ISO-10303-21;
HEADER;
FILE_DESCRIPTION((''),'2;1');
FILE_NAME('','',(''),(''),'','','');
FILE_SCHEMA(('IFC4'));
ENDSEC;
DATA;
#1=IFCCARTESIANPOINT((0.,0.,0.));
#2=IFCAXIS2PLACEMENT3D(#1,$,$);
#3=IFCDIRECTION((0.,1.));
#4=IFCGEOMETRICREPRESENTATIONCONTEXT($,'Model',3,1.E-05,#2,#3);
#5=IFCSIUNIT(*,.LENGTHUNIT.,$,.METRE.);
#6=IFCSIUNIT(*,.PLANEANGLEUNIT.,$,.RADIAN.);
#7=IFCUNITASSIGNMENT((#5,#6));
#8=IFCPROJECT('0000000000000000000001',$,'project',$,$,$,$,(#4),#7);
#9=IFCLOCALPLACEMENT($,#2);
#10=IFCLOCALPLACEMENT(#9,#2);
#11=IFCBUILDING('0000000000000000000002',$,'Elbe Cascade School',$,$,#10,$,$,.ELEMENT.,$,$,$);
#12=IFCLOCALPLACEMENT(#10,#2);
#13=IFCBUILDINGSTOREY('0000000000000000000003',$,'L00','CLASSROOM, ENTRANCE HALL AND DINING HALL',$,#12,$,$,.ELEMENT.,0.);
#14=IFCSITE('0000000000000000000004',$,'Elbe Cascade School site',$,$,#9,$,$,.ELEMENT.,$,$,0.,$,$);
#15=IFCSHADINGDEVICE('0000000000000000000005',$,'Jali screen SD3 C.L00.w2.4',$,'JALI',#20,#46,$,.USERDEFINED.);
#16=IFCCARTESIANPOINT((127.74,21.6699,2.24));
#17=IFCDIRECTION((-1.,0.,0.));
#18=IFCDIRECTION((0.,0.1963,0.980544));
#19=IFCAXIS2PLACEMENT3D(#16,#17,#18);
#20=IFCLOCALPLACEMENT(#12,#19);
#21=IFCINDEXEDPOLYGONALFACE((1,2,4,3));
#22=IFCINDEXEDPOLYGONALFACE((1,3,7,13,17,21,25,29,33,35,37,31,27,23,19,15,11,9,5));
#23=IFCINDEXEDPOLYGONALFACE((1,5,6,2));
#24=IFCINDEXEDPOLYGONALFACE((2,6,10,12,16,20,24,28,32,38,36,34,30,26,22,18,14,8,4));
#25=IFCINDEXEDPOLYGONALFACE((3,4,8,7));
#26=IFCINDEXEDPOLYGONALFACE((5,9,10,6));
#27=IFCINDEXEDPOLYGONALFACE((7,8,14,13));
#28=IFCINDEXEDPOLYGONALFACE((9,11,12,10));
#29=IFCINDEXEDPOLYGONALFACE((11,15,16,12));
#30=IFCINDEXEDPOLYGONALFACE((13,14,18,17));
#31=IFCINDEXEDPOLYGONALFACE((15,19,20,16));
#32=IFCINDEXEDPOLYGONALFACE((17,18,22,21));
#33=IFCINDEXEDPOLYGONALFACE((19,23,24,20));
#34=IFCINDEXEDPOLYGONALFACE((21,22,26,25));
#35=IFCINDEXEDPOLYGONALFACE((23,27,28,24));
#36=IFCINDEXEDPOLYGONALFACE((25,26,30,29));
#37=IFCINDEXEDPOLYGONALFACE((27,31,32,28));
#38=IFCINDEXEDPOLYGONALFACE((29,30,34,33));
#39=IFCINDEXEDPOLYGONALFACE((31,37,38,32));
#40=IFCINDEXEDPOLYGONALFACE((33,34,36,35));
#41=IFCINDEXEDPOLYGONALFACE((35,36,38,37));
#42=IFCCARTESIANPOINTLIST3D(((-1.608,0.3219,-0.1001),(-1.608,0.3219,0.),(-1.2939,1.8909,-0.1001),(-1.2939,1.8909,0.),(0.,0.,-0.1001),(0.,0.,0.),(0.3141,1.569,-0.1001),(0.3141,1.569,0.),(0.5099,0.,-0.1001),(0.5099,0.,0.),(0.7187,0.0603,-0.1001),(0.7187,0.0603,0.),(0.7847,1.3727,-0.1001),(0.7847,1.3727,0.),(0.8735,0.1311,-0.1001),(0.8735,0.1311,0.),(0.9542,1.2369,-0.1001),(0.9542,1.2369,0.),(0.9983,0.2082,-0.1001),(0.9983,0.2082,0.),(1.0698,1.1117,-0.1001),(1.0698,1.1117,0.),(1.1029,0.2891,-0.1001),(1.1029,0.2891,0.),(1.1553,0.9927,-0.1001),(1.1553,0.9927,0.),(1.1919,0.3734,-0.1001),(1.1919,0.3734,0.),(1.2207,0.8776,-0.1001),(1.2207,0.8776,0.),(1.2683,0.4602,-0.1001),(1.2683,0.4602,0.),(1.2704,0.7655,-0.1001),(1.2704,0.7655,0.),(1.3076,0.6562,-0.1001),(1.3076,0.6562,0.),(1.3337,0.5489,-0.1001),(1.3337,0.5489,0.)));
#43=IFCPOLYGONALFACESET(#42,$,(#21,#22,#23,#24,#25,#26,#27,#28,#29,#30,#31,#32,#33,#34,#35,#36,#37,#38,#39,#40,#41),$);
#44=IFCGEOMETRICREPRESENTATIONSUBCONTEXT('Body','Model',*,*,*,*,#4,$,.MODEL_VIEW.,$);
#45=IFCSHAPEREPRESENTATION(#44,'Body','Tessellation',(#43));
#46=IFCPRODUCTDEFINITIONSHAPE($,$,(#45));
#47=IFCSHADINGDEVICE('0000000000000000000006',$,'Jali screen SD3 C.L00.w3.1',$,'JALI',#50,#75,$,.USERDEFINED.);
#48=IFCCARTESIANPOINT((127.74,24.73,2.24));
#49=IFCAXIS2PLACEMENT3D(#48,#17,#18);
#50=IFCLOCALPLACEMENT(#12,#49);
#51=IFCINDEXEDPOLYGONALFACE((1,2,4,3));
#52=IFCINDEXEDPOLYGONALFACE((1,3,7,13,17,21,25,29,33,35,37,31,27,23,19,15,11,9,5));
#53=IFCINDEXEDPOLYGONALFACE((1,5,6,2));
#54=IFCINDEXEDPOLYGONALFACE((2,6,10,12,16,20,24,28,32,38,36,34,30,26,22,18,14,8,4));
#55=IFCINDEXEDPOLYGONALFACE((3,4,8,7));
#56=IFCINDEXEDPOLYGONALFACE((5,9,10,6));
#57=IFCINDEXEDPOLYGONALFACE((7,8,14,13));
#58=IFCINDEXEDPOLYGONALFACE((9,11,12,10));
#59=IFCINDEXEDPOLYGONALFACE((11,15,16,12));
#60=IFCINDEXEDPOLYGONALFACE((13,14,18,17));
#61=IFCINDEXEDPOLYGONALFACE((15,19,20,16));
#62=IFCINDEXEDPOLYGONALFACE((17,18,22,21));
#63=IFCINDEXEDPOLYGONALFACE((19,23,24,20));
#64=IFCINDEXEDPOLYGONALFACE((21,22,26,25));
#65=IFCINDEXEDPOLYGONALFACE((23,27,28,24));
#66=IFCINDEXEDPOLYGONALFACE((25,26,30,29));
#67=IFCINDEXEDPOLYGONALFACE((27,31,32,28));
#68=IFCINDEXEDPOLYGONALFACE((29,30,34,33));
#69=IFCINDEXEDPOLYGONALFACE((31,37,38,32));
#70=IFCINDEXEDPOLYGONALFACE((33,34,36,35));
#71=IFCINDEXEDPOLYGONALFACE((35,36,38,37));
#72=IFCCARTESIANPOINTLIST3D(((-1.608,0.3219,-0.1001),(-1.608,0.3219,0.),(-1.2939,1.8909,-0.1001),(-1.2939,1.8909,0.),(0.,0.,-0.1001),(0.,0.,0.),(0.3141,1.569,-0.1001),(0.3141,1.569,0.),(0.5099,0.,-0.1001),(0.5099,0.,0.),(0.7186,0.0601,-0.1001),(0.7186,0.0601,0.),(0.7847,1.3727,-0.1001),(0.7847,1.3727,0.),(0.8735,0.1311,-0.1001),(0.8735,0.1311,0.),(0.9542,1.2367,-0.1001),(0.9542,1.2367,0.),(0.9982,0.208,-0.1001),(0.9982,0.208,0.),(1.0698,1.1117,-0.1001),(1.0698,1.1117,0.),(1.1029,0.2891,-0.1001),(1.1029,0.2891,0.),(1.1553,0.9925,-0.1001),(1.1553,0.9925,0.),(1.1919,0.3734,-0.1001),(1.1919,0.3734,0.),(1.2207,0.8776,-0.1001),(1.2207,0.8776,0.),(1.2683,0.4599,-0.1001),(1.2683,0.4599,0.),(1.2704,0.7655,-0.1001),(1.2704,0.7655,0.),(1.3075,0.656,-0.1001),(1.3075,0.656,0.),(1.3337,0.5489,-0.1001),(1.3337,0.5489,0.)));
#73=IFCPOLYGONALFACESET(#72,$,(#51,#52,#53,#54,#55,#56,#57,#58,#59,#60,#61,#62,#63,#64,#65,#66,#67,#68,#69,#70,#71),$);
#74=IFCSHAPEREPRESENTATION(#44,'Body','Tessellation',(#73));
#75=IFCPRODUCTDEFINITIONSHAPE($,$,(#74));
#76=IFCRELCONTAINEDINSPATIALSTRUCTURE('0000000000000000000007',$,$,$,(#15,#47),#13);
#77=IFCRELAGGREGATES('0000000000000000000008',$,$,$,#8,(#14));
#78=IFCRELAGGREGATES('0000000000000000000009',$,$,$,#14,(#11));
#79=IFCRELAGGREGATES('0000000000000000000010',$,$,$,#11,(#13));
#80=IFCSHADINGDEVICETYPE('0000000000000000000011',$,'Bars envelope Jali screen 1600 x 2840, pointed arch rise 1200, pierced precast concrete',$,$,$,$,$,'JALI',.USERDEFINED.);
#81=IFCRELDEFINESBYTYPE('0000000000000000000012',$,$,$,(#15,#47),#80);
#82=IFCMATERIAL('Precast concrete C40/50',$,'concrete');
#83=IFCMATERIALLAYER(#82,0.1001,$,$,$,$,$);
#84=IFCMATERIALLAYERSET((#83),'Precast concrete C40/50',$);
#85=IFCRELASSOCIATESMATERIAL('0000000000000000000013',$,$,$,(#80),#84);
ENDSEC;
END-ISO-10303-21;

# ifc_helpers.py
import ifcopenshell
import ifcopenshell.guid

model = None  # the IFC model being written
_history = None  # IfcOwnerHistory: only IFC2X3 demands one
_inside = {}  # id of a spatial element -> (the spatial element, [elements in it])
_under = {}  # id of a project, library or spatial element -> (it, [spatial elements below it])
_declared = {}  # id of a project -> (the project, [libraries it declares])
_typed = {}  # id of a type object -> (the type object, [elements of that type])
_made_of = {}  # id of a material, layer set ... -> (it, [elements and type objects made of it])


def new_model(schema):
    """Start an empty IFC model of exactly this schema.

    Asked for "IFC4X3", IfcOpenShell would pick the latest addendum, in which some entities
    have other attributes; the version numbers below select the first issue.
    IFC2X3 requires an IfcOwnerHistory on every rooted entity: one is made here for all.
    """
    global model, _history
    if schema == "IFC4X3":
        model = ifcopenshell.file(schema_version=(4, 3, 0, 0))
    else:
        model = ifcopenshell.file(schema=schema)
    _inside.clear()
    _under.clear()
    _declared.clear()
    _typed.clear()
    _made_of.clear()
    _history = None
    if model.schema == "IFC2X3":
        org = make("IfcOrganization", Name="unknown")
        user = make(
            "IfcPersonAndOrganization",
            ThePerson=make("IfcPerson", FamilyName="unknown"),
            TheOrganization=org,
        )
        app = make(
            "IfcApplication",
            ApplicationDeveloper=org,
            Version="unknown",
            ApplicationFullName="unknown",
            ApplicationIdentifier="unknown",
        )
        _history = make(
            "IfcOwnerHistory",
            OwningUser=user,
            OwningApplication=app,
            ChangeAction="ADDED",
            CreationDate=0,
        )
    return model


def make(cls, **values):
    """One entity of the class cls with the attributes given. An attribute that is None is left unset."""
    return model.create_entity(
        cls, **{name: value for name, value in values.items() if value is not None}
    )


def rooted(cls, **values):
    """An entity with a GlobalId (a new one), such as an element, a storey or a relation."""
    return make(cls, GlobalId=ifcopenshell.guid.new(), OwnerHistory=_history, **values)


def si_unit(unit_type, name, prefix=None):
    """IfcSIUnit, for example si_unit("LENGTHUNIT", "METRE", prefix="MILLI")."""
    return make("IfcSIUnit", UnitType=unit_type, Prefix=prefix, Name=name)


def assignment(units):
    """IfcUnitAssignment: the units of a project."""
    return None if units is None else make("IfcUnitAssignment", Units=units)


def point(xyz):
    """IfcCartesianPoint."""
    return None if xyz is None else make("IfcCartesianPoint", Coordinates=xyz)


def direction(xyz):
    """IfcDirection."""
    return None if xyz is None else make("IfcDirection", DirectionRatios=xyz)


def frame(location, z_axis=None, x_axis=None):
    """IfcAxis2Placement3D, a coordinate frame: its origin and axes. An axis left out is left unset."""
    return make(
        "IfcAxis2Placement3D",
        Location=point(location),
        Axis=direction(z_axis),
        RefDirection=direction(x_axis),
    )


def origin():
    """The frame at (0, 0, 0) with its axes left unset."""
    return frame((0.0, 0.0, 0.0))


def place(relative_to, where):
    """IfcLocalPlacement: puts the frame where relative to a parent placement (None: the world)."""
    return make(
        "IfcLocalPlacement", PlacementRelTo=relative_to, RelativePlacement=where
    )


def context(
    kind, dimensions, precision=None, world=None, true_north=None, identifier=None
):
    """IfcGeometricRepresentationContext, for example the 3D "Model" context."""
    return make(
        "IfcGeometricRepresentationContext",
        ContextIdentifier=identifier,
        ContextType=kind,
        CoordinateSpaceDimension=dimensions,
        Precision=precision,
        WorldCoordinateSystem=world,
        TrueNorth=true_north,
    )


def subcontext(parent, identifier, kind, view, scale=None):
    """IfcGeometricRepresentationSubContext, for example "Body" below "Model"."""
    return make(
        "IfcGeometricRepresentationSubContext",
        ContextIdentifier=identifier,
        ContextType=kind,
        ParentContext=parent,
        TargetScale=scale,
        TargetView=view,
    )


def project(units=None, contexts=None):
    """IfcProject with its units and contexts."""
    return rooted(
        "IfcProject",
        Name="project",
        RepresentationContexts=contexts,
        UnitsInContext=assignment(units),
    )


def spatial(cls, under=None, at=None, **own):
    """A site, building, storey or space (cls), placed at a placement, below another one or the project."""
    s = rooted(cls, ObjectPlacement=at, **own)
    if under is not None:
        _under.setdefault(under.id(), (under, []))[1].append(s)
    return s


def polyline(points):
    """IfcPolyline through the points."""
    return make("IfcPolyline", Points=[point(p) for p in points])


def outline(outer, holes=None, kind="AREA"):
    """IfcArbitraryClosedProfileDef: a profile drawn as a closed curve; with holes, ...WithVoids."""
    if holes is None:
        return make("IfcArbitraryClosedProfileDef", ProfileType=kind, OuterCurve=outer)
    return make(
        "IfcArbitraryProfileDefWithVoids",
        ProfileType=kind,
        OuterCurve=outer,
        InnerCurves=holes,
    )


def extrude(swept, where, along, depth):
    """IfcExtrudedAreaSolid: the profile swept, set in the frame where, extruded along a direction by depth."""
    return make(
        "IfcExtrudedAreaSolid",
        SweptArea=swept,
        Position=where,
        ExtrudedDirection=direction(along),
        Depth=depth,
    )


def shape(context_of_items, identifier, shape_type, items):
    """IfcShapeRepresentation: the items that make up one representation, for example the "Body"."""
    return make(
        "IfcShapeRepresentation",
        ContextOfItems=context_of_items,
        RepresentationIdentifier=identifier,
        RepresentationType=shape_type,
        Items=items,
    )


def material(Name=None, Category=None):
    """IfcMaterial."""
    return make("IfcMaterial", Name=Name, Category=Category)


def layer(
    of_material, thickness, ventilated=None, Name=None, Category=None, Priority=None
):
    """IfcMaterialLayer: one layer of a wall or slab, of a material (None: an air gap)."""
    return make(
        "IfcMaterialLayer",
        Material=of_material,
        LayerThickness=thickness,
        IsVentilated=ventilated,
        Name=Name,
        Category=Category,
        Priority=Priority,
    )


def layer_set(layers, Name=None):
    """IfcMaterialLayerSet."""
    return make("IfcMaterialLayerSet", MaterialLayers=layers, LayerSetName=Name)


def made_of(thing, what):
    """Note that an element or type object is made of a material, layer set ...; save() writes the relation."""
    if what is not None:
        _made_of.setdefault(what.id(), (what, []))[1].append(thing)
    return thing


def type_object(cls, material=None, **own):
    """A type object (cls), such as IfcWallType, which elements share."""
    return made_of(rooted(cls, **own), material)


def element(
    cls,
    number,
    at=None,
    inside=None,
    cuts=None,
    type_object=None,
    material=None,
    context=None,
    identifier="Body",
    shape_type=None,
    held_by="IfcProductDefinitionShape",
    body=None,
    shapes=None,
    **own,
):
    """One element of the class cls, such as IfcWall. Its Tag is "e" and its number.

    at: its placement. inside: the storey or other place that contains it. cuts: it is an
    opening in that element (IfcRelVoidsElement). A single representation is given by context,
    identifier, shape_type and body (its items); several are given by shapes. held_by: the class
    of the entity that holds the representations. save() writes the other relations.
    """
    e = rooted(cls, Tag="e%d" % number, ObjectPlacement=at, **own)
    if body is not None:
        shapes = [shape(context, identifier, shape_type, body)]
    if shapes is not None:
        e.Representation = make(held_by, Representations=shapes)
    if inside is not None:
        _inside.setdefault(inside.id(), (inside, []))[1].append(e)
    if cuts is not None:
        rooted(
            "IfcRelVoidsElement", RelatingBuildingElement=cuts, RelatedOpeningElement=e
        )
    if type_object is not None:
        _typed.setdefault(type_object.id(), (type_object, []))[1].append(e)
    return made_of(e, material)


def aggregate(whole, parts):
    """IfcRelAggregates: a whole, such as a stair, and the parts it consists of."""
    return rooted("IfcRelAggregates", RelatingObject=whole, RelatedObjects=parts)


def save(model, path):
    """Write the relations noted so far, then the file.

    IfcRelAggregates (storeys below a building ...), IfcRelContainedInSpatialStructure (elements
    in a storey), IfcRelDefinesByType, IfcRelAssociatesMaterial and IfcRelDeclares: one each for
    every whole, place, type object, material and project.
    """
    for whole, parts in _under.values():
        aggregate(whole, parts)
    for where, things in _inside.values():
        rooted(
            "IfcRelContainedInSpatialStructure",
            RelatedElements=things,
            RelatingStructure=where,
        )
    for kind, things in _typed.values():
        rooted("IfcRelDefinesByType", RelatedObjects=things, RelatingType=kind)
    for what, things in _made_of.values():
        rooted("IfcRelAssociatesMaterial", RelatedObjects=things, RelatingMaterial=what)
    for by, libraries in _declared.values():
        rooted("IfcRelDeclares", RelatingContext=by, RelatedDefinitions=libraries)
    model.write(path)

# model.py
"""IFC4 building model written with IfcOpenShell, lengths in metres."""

from ifc_helpers import new_model, si_unit, direction, frame, origin, place, context, subcontext, project, spatial, polyline, outline, extrude, material, layer, layer_set, type_object, element, save


model = new_model("IFC4")

# Units and contexts
model_context = context("Model", 3, precision=1e-05, world=origin(), true_north=direction((0.0, 1.0)))
body_context = subcontext(model_context, "Body", "Model", "MODEL_VIEW")
ifc_project = project(units=[si_unit("LENGTHUNIT", "METRE"), si_unit("PLANEANGLEUNIT", "RADIAN")], contexts=[model_context])

# Site, building, storey
site_placement = place(None, origin())
site = spatial("IfcSite", under=ifc_project, at=site_placement, Name="Elbe Cascade School site", CompositionType="ELEMENT", RefElevation=0.0)
building_placement = place(site_placement, origin())
building = spatial("IfcBuilding", under=site, at=building_placement, Name="Elbe Cascade School", CompositionType="ELEMENT")
storey_placement = place(building_placement, origin())
storey = spatial("IfcBuildingStorey", under=building, at=storey_placement, Name="L00", Description="CLASSROOM, ENTRANCE HALL AND DINING HALL", CompositionType="ELEMENT", Elevation=0.0)

# Shading devices
ifc_material_1 = material(Name="Precast concrete C40/50", Category="concrete")
ifc_layer_1 = layer(ifc_material_1, 0.1001)
ifc_layer_set_1 = layer_set([ifc_layer_1], Name="Precast concrete C40/50")
shading_device_type = type_object("IfcShadingDeviceType", Name="Bars envelope Jali screen 1600 x 2840, pointed arch rise 1200, pierced precast concrete", ElementType="JALI", PredefinedType="USERDEFINED", material=ifc_layer_set_1)
shading_device_1_placement = place(storey_placement, frame((127.74, 21.6699, 2.24), z_axis=(-1.0, 0.0, 0.0), x_axis=(0.0, 0.1963, 0.980544)))
element("IfcShadingDevice", 1, at=shading_device_1_placement, inside=storey, type_object=shading_device_type, Name="Jali screen SD3 C.L00.w2.4", ObjectType="JALI", PredefinedType="USERDEFINED", context=body_context, shape_type="SweptSolid", body=[
    extrude(outline(polyline([(0.0, 0.0), (0.5099, 0.0), (0.7187, 0.0603), (0.8735, 0.1311), (0.9983, 0.2082), (1.1029, 0.2891), (1.1919, 0.3734), (1.2683, 0.4602), (1.3337, 0.5489), (1.3076, 0.6562), (1.2704, 0.7655), (1.2207, 0.8776), (1.1553, 0.9927), (1.0698, 1.1117), (0.9542, 1.2369), (0.7847, 1.3727), (0.3141, 1.569), (-1.2939, 1.8909), (-1.608, 0.3219), (0.0, 0.0)])), origin(), (0.0, 0.0, -1.0), 0.1001),
])
shading_device_2_placement = place(storey_placement, frame((127.74, 24.73, 2.24), z_axis=(-1.0, 0.0, 0.0), x_axis=(0.0, 0.1963, 0.980544)))
element("IfcShadingDevice", 2, at=shading_device_2_placement, inside=storey, type_object=shading_device_type, Name="Jali screen SD3 C.L00.w3.1", ObjectType="JALI", PredefinedType="USERDEFINED", context=body_context, shape_type="SweptSolid", body=[
    extrude(outline(polyline([(0.0, 0.0), (0.5099, 0.0), (0.7186, 0.0601), (0.8735, 0.1311), (0.9982, 0.208), (1.1029, 0.2891), (1.1919, 0.3734), (1.2683, 0.4599), (1.3337, 0.5489), (1.3075, 0.656), (1.2704, 0.7655), (1.2207, 0.8776), (1.1553, 0.9925), (1.0698, 1.1117), (0.9542, 1.2367), (0.7847, 1.3727), (0.3141, 1.569), (-1.2939, 1.8909), (-1.608, 0.3219), (0.0, 0.0)])), origin(), (0.0, 0.0, -1.0), 0.1001),
])

save(model, "model.ifc")
